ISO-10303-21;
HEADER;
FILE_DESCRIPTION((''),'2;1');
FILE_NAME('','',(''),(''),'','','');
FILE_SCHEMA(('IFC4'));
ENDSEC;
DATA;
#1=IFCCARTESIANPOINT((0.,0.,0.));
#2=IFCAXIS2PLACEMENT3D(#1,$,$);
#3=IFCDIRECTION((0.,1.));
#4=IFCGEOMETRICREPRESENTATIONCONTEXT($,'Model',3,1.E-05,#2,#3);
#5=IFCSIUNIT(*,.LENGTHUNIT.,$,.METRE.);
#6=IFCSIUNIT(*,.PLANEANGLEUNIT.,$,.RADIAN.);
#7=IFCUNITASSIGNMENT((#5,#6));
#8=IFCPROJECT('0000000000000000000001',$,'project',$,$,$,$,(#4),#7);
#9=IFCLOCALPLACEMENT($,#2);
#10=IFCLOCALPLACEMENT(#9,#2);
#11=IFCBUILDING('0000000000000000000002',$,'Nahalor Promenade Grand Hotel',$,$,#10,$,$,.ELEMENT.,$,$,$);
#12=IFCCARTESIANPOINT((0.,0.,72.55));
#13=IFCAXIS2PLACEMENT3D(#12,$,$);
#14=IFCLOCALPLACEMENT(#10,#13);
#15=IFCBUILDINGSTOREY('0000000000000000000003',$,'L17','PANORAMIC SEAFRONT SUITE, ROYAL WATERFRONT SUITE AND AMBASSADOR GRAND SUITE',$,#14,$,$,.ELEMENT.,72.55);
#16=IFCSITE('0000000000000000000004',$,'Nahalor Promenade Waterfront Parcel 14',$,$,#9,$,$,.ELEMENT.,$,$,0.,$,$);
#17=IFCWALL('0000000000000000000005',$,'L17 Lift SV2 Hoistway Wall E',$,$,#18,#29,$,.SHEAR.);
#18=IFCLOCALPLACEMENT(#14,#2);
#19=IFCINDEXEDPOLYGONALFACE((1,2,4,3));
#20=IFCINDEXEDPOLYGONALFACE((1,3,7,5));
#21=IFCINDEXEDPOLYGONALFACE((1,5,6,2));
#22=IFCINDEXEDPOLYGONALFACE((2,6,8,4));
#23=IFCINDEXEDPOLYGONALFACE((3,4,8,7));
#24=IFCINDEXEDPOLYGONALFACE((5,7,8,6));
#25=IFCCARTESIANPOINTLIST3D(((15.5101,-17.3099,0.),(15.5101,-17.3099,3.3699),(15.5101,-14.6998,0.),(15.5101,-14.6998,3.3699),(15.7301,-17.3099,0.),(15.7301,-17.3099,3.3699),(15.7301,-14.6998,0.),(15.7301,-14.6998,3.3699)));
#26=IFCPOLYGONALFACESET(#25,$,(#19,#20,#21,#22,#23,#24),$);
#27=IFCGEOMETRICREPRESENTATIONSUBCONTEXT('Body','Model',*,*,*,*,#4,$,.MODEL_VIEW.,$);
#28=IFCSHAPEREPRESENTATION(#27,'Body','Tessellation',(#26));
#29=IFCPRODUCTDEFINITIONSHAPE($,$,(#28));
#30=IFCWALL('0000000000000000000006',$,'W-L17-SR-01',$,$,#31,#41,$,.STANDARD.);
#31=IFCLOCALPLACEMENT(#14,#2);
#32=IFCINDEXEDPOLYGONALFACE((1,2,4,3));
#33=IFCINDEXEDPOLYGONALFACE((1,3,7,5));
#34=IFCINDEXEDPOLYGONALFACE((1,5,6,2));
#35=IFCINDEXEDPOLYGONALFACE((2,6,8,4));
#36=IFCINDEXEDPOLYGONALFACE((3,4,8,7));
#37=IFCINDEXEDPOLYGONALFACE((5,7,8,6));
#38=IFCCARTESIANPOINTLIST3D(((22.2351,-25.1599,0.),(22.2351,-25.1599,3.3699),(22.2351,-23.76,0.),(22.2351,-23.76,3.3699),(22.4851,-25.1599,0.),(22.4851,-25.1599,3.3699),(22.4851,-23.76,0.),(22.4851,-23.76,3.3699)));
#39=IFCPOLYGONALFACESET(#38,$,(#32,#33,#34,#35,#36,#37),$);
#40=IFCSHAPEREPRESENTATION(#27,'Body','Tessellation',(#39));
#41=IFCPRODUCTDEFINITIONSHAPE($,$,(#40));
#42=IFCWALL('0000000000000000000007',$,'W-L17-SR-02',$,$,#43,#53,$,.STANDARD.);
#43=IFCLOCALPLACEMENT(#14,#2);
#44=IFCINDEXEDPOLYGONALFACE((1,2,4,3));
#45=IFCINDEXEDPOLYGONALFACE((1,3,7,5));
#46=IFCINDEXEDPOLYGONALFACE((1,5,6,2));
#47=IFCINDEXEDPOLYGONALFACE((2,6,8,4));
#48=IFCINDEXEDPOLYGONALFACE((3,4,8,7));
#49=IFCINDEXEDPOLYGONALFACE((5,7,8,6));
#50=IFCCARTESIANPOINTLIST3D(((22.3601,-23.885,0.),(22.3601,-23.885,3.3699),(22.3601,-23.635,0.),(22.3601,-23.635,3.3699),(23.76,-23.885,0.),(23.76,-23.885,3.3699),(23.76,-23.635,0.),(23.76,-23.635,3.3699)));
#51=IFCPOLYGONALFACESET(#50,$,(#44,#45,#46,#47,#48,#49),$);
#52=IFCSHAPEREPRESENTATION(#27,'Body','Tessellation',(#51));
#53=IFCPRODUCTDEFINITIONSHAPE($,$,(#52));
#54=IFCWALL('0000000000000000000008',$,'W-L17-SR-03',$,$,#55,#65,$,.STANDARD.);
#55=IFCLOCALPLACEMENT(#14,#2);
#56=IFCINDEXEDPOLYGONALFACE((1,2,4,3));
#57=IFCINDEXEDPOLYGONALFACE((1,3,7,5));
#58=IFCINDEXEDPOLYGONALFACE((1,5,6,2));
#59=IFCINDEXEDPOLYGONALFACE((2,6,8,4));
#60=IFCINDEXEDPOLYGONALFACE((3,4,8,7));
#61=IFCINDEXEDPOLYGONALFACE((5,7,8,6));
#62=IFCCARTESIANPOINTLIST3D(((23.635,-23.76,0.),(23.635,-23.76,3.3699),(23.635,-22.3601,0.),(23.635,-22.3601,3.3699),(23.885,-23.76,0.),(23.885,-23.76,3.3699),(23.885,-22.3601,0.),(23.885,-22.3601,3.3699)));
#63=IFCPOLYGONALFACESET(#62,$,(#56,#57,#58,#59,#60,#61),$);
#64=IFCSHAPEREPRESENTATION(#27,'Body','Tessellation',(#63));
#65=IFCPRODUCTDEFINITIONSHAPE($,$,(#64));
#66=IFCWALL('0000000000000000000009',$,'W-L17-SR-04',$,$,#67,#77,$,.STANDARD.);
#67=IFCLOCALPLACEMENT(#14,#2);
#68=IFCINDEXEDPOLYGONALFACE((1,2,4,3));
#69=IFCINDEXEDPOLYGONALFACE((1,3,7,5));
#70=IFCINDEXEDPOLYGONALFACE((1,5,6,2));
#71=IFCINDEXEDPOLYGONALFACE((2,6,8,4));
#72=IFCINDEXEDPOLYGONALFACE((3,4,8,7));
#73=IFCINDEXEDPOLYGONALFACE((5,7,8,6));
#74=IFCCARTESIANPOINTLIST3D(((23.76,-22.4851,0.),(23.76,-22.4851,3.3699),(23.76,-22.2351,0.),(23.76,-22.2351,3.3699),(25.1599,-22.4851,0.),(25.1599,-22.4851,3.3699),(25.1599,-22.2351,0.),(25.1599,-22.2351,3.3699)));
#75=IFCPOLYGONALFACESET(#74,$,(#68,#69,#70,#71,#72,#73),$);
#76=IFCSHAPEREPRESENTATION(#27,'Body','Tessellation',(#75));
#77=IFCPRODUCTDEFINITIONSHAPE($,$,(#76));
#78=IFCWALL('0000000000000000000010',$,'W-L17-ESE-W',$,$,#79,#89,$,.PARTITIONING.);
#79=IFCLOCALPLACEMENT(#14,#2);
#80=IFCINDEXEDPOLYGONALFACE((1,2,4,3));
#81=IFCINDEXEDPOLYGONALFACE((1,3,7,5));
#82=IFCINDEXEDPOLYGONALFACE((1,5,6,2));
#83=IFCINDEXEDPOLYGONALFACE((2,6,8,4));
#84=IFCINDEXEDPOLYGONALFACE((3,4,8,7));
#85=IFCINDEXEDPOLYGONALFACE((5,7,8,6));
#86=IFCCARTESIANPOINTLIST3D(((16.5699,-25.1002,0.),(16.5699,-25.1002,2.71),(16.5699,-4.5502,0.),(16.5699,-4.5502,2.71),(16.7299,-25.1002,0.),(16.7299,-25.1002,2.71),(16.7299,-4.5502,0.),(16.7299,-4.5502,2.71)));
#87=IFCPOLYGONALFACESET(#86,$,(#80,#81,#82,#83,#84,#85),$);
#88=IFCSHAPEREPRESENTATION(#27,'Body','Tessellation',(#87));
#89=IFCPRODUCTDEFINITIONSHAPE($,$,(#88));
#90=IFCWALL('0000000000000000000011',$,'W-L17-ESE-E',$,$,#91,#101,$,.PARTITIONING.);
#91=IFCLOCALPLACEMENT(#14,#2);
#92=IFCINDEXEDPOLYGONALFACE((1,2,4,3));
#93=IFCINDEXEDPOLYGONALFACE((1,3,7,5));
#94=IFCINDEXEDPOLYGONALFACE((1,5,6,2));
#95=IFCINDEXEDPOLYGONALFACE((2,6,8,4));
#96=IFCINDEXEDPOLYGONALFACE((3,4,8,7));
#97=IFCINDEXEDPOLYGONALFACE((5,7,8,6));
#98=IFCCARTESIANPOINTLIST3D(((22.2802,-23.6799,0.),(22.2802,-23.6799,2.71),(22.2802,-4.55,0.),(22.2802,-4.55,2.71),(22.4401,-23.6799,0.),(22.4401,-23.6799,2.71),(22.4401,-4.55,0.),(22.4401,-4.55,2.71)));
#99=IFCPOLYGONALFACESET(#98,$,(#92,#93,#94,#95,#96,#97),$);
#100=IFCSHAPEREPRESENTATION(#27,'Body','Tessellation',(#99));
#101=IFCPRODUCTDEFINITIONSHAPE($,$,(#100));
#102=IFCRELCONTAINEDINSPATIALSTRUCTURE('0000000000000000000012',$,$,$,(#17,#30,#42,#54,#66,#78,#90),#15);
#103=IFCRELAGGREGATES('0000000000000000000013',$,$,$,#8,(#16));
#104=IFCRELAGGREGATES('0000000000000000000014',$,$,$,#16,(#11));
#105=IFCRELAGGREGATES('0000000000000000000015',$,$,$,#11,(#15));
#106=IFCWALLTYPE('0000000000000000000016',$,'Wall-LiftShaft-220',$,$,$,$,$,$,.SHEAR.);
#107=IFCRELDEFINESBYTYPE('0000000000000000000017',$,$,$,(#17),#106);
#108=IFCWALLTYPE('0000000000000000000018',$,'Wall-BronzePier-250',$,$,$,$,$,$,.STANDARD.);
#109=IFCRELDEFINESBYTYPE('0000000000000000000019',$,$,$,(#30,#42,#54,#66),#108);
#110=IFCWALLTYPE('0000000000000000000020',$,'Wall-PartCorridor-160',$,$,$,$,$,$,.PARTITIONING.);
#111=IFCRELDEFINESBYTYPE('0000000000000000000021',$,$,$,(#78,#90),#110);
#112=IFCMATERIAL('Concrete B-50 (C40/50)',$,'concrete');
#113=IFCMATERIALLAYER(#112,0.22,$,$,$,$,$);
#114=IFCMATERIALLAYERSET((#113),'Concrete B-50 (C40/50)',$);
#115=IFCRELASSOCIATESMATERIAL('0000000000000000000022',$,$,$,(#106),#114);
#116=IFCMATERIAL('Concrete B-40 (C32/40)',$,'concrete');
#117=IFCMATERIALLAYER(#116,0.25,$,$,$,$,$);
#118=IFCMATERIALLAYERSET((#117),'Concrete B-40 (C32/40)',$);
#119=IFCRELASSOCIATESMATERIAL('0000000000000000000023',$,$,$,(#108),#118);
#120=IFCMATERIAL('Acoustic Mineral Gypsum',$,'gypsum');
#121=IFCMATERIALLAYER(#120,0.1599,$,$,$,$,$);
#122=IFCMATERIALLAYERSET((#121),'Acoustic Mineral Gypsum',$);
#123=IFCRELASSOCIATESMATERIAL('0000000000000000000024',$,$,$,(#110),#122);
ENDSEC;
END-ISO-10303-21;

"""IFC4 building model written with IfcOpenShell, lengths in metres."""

from ifc_helpers import new_model, si_unit, direction, frame, frame_2d, origin, place, context, subcontext, project, spatial, rectangle, extrude, source, transform, mapped, material, layer, layer_set, type_object, element, save


model = new_model("IFC4")

# Units and contexts
model_context = context("Model", 3, precision=1e-05, world=origin(), true_north=direction((0.0, 1.0)))
body_context = subcontext(model_context, "Body", "Model", "MODEL_VIEW")
ifc_project = project(units=[si_unit("LENGTHUNIT", "METRE"), si_unit("PLANEANGLEUNIT", "RADIAN")], contexts=[model_context])

# Site, building, storey
site_placement = place(None, origin())
site = spatial("IfcSite", under=ifc_project, at=site_placement, Name="Nahalor Promenade Waterfront Parcel 14", CompositionType="ELEMENT", RefElevation=0.0)
building_placement = place(site_placement, origin())
building = spatial("IfcBuilding", under=site, at=building_placement, Name="Nahalor Promenade Grand Hotel", CompositionType="ELEMENT")
storey_placement = place(building_placement, frame((0.0, 0.0, 72.55)))
storey = spatial("IfcBuildingStorey", under=building, at=storey_placement, Name="L17", Description="PANORAMIC SEAFRONT SUITE, ROYAL WATERFRONT SUITE AND AMBASSADOR GRAND SUITE", CompositionType="ELEMENT", Elevation=72.55)

# Walls
ifc_material_1 = material(Name="Concrete B-50 (C40/50)", Category="concrete")
ifc_layer_1 = layer(ifc_material_1, 0.22)
ifc_layer_set_1 = layer_set([ifc_layer_1], Name="Concrete B-50 (C40/50)")
wall_type_1 = type_object("IfcWallType", Name="Wall-LiftShaft-220", PredefinedType="SHEAR", material=ifc_layer_set_1)
shared_shape_1 = source(origin(), body_context, "Body", "SweptSolid", [
    extrude(rectangle(XDim=2.6101, YDim=0.22, at=frame_2d((1.3052, 0.0))), origin(), (0.0, 0.0, 1.0), 3.3699),
])
wall_1_placement = place(storey_placement, frame((15.6201, -17.3101, 0.0), z_axis=(0.0, 0.0, 1.0), x_axis=(0.0, 1.0, 0.0)))
element("IfcWall", 1, at=wall_1_placement, inside=storey, type_object=wall_type_1, Name="L17 Lift SV2 Hoistway Wall E", PredefinedType="SHEAR", context=body_context, shape_type="MappedRepresentation", body=[
    mapped(shared_shape_1, transform((0.0, 0.0, 0.0), scale=1.0)),
])
ifc_material_2 = material(Name="Concrete B-40 (C32/40)", Category="concrete")
ifc_layer_2 = layer(ifc_material_2, 0.25)
ifc_layer_set_2 = layer_set([ifc_layer_2], Name="Concrete B-40 (C32/40)")
wall_type_2 = type_object("IfcWallType", Name="Wall-BronzePier-250", PredefinedType="STANDARD", material=ifc_layer_set_2)
shared_shape_2 = source(origin(), body_context, "Body", "SweptSolid", [
    extrude(rectangle(XDim=1.3999, YDim=0.25, at=frame_2d((0.7, 0.0))), origin(), (0.0, 0.0, 1.0), 3.3699),
])
for number, where, z_axis, x_axis, name in (
    (2, (22.3601, -25.1599, 0.0), (0.0, 0.0, 1.0), (0.0, 1.0, 0.0), "W-L17-SR-01"),
    (3, (22.3601, -23.76, 0.0), (0.0, 0.0, 1.0), (1.0, 0.0, 0.0), "W-L17-SR-02"),
    (4, (23.76, -23.76, 0.0), (0.0, 0.0, 1.0), (0.0, 1.0, 0.0), "W-L17-SR-03"),
    (5, (23.76, -22.3601, 0.0), (0.0, 0.0, 1.0), (1.0, 0.0, 0.0), "W-L17-SR-04"),
):
    element("IfcWall", number, at=place(storey_placement, frame(where, z_axis=z_axis, x_axis=x_axis)), inside=storey, type_object=wall_type_2, Name=name, PredefinedType="STANDARD", context=body_context, shape_type="MappedRepresentation", body=[
        mapped(shared_shape_2, transform((0.0, 0.0, 0.0), scale=1.0)),
    ])
ifc_material_3 = material(Name="Acoustic Mineral Gypsum", Category="gypsum")
ifc_layer_3 = layer(ifc_material_3, 0.1599)
ifc_layer_set_3 = layer_set([ifc_layer_3], Name="Acoustic Mineral Gypsum")
wall_type_3 = type_object("IfcWallType", Name="Wall-PartCorridor-160", PredefinedType="PARTITIONING", material=ifc_layer_set_3)
shared_shape_3 = source(origin(), body_context, "Body", "SweptSolid", [
    extrude(rectangle(XDim=20.55, YDim=0.1599, at=frame_2d((10.2749, 0.0))), origin(), (0.0, 0.0, 1.0), 2.71),
])
wall_2_placement = place(storey_placement, frame((16.6499, -25.1001, 0.0), z_axis=(0.0, 0.0, 1.0), x_axis=(0.0, 1.0, 0.0)))
element("IfcWall", 6, at=wall_2_placement, inside=storey, type_object=wall_type_3, Name="W-L17-ESE-W", PredefinedType="PARTITIONING", context=body_context, shape_type="MappedRepresentation", body=[
    mapped(shared_shape_3, transform((0.0, 0.0, 0.0), scale=1.0)),
])
shared_shape_4 = source(origin(), body_context, "Body", "SweptSolid", [
    extrude(rectangle(XDim=19.1299, YDim=0.1599, at=frame_2d((9.5649, 0.0))), origin(), (0.0, 0.0, 1.0), 2.71),
])
wall_3_placement = place(storey_placement, frame((22.3601, -23.6799, 0.0), z_axis=(0.0, 0.0, 1.0), x_axis=(0.0, 1.0, 0.0)))
element("IfcWall", 7, at=wall_3_placement, inside=storey, type_object=wall_type_3, Name="W-L17-ESE-E", PredefinedType="PARTITIONING", context=body_context, shape_type="MappedRepresentation", body=[
    mapped(shared_shape_4, transform((0.0, 0.0, 0.0), scale=1.0)),
])

save(model, "model.ifc")
